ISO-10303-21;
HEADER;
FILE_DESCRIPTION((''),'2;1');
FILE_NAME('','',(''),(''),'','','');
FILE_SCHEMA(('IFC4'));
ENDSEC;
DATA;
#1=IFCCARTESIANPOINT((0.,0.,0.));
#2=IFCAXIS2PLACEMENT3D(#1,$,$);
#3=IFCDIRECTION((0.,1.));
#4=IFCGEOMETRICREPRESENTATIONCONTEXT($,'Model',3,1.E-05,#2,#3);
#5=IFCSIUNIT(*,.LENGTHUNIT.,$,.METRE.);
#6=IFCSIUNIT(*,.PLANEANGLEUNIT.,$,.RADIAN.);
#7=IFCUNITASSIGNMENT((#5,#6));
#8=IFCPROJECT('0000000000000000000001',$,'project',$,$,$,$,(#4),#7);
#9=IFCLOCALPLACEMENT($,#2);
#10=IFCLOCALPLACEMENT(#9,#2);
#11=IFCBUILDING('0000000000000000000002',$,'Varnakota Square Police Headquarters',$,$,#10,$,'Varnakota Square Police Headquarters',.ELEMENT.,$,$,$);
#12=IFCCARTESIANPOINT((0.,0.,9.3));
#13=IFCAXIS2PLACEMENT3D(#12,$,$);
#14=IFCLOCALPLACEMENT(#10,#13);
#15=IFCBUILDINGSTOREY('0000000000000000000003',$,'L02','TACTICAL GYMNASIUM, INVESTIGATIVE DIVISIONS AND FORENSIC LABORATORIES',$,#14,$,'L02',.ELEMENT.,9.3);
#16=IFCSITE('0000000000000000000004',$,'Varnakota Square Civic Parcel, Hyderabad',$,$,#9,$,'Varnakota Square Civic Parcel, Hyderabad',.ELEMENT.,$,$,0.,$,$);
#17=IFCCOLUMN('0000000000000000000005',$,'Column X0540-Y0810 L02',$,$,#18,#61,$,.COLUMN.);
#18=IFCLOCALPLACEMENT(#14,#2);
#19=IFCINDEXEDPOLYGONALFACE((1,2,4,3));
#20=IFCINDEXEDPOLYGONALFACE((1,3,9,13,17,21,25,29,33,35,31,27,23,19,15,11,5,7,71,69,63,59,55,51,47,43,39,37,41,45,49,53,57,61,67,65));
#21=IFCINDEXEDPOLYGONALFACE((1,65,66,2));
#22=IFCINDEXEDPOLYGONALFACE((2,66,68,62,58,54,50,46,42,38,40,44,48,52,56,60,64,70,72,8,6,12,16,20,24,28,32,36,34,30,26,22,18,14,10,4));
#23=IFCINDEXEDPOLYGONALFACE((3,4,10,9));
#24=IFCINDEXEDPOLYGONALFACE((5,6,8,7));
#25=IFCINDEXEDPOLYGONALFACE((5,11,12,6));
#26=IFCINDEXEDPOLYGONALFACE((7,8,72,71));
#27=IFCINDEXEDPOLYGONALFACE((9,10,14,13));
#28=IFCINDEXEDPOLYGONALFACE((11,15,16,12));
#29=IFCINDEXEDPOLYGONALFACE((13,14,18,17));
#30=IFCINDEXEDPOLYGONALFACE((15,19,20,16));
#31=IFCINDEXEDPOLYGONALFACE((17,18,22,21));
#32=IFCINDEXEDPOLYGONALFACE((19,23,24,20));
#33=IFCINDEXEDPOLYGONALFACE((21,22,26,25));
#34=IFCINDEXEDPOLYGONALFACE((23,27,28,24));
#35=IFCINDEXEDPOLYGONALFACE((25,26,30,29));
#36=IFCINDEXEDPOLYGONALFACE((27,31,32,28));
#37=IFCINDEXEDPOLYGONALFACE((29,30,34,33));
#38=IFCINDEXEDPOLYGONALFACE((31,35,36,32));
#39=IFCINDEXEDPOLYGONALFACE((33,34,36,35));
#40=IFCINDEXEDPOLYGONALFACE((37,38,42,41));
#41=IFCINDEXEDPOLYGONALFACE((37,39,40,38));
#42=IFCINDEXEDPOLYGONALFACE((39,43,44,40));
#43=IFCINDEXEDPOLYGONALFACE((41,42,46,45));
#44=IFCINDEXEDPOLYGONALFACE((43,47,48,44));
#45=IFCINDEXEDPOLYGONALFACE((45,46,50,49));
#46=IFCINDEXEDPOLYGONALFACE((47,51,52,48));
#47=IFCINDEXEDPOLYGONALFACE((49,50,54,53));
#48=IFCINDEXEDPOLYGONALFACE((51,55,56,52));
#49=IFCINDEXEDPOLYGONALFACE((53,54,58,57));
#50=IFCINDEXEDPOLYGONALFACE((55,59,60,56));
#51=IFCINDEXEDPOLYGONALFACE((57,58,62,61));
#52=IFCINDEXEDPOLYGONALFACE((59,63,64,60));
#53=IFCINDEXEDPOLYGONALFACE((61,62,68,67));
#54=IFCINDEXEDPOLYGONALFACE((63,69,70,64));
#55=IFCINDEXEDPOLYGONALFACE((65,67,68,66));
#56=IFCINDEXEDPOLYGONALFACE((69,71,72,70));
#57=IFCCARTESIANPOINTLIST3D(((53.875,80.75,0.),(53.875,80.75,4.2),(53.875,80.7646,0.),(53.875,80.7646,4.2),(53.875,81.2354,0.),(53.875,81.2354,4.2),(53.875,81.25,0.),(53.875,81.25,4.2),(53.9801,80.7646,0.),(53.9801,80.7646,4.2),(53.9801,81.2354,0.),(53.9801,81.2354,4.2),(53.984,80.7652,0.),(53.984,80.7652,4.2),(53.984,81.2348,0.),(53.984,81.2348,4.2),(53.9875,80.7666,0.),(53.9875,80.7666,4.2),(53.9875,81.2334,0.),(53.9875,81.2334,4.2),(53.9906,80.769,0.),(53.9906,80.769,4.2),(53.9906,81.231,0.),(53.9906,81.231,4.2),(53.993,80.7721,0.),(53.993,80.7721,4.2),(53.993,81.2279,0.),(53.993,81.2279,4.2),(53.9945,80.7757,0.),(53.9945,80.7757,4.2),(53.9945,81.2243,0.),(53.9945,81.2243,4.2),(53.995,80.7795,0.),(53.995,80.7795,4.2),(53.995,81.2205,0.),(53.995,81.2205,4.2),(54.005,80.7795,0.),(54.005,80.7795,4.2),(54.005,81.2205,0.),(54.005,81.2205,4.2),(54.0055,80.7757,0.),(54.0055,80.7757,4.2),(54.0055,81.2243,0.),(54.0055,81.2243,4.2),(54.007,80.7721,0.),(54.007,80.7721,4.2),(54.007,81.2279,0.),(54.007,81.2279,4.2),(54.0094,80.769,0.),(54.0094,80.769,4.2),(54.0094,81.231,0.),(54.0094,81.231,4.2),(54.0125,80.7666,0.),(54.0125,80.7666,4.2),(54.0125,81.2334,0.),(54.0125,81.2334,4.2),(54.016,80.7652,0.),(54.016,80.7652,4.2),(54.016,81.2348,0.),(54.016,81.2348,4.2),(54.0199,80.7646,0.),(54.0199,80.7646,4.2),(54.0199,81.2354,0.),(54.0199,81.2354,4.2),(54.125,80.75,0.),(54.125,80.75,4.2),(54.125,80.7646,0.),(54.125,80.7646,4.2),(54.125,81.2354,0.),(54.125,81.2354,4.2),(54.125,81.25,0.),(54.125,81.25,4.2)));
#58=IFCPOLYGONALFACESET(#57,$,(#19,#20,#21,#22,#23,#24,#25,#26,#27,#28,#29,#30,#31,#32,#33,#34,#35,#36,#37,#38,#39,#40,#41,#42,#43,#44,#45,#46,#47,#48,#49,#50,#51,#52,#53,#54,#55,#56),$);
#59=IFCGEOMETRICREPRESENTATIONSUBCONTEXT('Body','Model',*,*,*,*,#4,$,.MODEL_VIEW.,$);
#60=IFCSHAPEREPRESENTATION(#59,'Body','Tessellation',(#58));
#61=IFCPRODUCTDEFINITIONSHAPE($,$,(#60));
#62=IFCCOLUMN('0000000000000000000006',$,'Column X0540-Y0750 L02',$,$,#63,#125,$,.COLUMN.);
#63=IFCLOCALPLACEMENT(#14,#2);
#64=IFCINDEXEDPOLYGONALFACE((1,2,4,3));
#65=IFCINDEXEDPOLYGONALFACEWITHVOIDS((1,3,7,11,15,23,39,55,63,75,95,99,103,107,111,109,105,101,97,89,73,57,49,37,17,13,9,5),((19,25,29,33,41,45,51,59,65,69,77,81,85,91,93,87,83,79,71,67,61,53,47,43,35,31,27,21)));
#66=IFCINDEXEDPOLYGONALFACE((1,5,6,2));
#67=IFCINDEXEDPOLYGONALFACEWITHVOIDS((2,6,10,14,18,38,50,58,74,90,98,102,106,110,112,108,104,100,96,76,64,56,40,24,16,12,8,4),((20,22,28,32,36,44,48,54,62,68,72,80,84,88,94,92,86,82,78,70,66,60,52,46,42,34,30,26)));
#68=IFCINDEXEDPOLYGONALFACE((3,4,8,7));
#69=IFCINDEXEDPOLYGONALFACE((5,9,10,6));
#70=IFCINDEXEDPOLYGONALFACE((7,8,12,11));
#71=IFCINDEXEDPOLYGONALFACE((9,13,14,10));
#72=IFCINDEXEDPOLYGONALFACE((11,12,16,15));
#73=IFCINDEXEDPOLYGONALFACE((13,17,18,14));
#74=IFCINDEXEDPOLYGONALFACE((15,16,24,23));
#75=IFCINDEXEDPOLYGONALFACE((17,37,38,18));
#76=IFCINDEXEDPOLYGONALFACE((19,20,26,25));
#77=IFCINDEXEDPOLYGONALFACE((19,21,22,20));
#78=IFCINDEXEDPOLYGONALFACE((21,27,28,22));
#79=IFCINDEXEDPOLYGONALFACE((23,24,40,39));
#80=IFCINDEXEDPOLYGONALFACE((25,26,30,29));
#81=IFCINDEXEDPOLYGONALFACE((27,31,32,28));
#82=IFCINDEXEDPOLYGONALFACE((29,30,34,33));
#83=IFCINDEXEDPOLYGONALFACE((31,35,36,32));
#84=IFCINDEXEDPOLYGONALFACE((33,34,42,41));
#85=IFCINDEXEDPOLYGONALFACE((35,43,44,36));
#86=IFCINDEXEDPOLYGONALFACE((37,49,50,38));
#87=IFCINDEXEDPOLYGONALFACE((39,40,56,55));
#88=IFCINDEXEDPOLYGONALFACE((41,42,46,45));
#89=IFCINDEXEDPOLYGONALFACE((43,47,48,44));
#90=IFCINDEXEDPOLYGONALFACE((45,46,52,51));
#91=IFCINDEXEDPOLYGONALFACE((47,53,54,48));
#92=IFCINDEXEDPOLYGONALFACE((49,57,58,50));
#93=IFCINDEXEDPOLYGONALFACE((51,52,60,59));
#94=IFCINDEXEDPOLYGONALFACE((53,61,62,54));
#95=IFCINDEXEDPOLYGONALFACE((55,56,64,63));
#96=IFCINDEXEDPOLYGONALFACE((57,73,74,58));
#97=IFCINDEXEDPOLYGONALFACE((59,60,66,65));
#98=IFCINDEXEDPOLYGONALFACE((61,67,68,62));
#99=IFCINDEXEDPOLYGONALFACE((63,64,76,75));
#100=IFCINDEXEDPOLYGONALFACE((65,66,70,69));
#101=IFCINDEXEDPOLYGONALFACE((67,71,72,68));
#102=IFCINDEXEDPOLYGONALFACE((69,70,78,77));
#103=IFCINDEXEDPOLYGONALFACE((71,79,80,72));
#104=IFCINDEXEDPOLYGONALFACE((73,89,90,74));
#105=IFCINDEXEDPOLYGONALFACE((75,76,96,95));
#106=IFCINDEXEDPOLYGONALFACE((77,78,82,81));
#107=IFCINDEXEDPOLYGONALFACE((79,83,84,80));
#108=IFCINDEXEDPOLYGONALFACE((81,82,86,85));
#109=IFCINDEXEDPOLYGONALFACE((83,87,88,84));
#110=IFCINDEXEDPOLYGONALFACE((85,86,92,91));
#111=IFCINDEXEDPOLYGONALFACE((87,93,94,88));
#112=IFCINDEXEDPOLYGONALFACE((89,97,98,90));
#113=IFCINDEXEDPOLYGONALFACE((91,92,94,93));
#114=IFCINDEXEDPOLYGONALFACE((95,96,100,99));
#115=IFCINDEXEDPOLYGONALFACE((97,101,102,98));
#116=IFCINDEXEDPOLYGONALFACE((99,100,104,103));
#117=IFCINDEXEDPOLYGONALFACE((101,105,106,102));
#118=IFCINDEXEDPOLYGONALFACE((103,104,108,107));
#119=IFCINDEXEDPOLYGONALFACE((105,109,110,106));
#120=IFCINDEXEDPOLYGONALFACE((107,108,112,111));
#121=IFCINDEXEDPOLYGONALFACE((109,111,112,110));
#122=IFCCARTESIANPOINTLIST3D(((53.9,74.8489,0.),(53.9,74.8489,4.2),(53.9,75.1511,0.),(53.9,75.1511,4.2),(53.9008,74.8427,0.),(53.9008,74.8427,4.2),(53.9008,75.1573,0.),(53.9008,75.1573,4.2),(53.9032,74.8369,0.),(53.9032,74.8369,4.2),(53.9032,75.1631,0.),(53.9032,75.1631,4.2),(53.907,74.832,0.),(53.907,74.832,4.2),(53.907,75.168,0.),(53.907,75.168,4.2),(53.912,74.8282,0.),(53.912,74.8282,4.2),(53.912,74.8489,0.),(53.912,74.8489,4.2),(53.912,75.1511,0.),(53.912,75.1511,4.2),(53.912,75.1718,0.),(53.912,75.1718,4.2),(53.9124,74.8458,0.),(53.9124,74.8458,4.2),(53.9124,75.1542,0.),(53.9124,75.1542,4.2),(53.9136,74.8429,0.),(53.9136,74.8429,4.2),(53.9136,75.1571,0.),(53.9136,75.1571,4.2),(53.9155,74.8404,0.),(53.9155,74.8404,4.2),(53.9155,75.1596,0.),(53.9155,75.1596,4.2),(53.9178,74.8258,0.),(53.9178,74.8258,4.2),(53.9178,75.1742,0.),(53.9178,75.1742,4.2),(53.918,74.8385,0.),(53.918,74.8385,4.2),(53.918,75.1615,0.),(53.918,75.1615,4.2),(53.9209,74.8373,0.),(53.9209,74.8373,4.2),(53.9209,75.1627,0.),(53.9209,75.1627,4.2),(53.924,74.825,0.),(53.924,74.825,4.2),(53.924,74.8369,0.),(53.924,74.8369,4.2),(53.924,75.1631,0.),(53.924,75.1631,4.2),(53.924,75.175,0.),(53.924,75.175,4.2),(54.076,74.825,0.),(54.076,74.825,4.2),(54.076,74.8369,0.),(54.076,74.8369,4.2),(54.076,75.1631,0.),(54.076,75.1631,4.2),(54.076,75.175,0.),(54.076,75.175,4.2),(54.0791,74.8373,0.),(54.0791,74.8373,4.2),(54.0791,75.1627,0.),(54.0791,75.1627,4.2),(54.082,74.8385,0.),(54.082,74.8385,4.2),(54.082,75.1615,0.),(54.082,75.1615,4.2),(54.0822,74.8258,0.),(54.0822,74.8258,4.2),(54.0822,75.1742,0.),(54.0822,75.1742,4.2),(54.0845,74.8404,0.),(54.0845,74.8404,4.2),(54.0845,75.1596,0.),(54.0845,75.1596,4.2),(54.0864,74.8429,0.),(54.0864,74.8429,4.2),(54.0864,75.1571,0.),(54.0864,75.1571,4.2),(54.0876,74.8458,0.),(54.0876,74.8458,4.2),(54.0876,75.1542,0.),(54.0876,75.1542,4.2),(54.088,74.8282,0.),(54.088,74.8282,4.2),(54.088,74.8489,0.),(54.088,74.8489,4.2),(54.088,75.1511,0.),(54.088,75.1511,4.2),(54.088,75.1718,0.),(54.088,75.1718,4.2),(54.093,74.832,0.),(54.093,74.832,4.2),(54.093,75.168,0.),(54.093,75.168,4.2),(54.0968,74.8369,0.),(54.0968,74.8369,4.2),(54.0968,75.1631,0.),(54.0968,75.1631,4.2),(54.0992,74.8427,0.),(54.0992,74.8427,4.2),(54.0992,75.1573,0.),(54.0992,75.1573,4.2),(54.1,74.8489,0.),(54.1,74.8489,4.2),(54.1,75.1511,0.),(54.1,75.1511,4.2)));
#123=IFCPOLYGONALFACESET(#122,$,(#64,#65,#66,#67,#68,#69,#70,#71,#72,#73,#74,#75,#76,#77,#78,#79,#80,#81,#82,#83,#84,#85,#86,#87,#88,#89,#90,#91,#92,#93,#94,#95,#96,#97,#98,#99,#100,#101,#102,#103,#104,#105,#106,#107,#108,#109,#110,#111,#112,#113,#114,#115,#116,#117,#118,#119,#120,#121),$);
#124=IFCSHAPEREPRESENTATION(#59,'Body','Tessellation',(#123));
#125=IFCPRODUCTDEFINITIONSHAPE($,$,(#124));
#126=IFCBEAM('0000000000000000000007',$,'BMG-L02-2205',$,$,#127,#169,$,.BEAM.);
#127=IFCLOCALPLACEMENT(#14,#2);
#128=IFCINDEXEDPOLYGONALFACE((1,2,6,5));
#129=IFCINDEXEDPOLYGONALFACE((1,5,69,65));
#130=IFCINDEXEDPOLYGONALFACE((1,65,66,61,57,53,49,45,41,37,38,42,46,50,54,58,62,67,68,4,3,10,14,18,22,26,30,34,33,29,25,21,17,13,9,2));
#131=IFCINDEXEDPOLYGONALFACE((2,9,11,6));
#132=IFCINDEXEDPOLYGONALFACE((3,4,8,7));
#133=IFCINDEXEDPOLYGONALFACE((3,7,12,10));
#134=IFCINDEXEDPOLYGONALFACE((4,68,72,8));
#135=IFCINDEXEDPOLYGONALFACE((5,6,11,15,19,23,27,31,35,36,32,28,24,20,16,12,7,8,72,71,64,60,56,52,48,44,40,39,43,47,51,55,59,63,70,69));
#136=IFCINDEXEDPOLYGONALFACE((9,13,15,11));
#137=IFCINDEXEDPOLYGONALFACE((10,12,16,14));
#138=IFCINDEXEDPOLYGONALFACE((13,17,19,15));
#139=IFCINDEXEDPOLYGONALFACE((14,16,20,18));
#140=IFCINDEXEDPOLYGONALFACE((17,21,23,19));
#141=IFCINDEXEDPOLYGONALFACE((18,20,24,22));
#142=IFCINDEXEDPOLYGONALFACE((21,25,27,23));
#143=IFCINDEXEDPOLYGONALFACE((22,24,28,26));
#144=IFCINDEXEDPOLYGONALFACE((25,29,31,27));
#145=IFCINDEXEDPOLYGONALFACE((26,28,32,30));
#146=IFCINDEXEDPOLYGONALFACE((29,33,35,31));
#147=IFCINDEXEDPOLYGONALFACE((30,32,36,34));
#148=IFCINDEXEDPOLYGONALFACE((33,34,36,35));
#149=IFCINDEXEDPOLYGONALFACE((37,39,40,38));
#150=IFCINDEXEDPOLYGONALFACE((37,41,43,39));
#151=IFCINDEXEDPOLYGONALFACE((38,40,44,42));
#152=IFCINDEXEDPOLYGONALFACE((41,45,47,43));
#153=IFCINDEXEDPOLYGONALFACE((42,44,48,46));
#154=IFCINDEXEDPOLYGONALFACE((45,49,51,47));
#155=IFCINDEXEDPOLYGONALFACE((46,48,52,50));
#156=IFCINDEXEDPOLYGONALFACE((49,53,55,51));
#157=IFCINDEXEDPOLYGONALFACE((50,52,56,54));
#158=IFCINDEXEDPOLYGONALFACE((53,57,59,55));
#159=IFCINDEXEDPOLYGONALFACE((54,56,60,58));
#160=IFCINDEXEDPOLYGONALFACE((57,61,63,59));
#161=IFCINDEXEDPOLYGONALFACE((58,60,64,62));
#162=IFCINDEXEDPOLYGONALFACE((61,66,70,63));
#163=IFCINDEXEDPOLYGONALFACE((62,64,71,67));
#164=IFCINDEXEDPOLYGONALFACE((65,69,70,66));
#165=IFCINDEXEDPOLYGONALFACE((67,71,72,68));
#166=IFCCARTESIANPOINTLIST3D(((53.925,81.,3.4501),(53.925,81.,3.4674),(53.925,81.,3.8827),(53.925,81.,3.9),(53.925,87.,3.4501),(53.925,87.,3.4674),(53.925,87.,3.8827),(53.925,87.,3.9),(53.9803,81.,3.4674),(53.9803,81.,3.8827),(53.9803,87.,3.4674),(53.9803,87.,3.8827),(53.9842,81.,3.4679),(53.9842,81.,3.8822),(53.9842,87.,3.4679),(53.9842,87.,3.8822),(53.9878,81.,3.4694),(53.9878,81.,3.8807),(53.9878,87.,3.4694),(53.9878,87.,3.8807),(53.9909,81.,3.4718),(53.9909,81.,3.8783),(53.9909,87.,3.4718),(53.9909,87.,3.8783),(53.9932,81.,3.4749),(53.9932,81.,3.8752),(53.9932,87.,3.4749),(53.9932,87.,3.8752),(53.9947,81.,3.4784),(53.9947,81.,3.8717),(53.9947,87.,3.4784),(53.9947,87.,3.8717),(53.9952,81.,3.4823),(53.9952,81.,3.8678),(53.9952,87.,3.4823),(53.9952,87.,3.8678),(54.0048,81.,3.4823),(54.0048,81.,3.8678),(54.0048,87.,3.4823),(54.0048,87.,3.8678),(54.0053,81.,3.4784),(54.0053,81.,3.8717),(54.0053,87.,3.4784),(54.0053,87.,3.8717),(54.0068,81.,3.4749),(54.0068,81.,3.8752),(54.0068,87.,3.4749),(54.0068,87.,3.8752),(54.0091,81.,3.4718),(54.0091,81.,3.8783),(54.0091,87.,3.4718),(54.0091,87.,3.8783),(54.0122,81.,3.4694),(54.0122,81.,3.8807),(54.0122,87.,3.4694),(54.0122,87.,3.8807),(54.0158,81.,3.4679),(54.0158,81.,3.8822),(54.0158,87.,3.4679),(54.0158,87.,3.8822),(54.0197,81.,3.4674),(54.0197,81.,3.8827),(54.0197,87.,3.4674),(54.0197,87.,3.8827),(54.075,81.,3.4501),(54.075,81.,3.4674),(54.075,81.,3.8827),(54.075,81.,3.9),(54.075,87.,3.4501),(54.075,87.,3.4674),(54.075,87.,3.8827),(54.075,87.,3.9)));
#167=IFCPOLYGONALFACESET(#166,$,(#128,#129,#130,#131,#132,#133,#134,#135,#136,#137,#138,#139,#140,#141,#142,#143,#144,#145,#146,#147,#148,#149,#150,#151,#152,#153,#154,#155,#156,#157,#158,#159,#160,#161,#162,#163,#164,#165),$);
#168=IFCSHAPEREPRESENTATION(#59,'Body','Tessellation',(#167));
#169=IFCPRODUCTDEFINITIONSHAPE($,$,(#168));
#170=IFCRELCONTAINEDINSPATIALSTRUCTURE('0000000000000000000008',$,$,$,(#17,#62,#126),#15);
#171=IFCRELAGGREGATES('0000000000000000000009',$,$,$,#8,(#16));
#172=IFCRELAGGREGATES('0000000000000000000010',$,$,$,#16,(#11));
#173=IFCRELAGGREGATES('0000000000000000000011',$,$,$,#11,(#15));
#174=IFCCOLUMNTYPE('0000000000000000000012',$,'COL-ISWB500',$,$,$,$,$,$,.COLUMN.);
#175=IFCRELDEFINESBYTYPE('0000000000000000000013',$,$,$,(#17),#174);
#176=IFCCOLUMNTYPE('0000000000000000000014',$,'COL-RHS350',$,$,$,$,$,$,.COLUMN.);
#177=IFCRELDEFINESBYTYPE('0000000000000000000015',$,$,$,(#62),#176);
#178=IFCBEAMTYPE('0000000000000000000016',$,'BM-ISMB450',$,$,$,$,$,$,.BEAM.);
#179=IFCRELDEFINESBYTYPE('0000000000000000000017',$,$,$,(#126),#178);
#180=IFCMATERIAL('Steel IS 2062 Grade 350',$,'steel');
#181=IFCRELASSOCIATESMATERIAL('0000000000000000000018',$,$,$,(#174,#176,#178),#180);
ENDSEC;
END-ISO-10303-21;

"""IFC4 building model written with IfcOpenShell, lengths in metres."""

from ifc_helpers import new_model, si_unit, direction, frame, origin, origin_2d, place, context, subcontext, project, spatial, hollow_rectangle, i_section, extrude, material, material_profile, profile_set, type_object, element, save


model = new_model("IFC4")

# Units and contexts
model_context = context("Model", 3, precision=1e-05, world=origin(), true_north=direction((0.0, 1.0)))
body_context = subcontext(model_context, "Body", "Model", "MODEL_VIEW")
ifc_project = project(units=[si_unit("LENGTHUNIT", "METRE"), si_unit("PLANEANGLEUNIT", "RADIAN")], contexts=[model_context])

# Site, building, storey
site_placement = place(None, origin())
site = spatial("IfcSite", under=ifc_project, at=site_placement, Name="Varnakota Square Civic Parcel, Hyderabad", LongName="Varnakota Square Civic Parcel, Hyderabad", CompositionType="ELEMENT", RefElevation=0.0)
building_placement = place(site_placement, origin())
building = spatial("IfcBuilding", under=site, at=building_placement, Name="Varnakota Square Police Headquarters", LongName="Varnakota Square Police Headquarters", CompositionType="ELEMENT")
storey_placement = place(building_placement, frame((0.0, 0.0, 9.3)))
storey = spatial("IfcBuildingStorey", under=building, at=storey_placement, Name="L02", Description="TACTICAL GYMNASIUM, INVESTIGATIVE DIVISIONS AND FORENSIC LABORATORIES", LongName="L02", CompositionType="ELEMENT", Elevation=9.3)

# Columns
ifc_material_1 = material(Name="Steel IS 2062 Grade 350", Category="steel")
ifc_material_profile_1 = material_profile(ifc_material_1, i_section(OverallWidth=0.25, OverallDepth=0.5, WebThickness=0.01, FlangeThickness=0.0146, FilletRadius=0.0149, at=origin_2d()), Name="ISWB 500")
ifc_profile_set_1 = profile_set([ifc_material_profile_1], Name="Steel IS 2062 Grade 350")
column_type_1 = type_object("IfcColumnType", Name="COL-ISWB500", PredefinedType="COLUMN", material=ifc_profile_set_1)
column_1_placement = place(storey_placement, frame((54.0, 81.0, 0.0), z_axis=(0.0, 0.0, 1.0), x_axis=(1.0, 0.0, 0.0)))
element("IfcColumn", 1, at=column_1_placement, inside=storey, type_object=column_type_1, Name="Column X0540-Y0810 L02", PredefinedType="COLUMN", context=body_context, shape_type="SweptSolid", body=[
    extrude(i_section(OverallWidth=0.25, OverallDepth=0.5, WebThickness=0.01, FlangeThickness=0.0146, FilletRadius=0.0149, at=origin_2d()), origin(), (0.0, 0.0, 1.0), 4.2),
])
ifc_material_profile_2 = material_profile(ifc_material_1, hollow_rectangle(XDim=0.2, YDim=0.3501, WallThickness=0.012, InnerFilletRadius=0.012, OuterFilletRadius=0.0239, at=origin_2d()), Name="RHS 350x200x12")
ifc_profile_set_2 = profile_set([ifc_material_profile_2], Name="Steel IS 2062 Grade 350")
column_type_2 = type_object("IfcColumnType", Name="COL-RHS350", PredefinedType="COLUMN", material=ifc_profile_set_2)
column_2_placement = place(storey_placement, frame((54.0, 75.0, 0.0), z_axis=(0.0, 0.0, 1.0), x_axis=(1.0, 0.0, 0.0)))
element("IfcColumn", 2, at=column_2_placement, inside=storey, type_object=column_type_2, Name="Column X0540-Y0750 L02", PredefinedType="COLUMN", context=body_context, shape_type="SweptSolid", body=[
    extrude(hollow_rectangle(XDim=0.2, YDim=0.3501, WallThickness=0.012, InnerFilletRadius=0.012, OuterFilletRadius=0.0239, at=origin_2d()), origin(), (0.0, 0.0, 1.0), 4.2),
])

# Beam
ifc_material_profile_3 = material_profile(ifc_material_1, i_section(OverallWidth=0.1499, OverallDepth=0.45, WebThickness=0.0095, FlangeThickness=0.0173, FilletRadius=0.0149, at=origin_2d()), Name="ISMB 450")
ifc_profile_set_3 = profile_set([ifc_material_profile_3], Name="Steel IS 2062 Grade 350")
beam_type_1 = type_object("IfcBeamType", Name="BM-ISMB450", PredefinedType="BEAM", material=ifc_profile_set_3)
beam_1_placement = place(storey_placement, frame((54.0, 81.0, 3.675), z_axis=(0.0, 1.0, 0.0), x_axis=(-1.0, 0.0, 0.0)))
element("IfcBeam", 3, at=beam_1_placement, inside=storey, type_object=beam_type_1, Name="BMG-L02-2205", PredefinedType="BEAM", context=body_context, shape_type="SweptSolid", body=[
    extrude(i_section(OverallWidth=0.1499, OverallDepth=0.45, WebThickness=0.0095, FlangeThickness=0.0173, FilletRadius=0.0149, at=origin_2d()), origin(), (0.0, 0.0, 1.0), 6.0),
])

save(model, "model.ifc")
